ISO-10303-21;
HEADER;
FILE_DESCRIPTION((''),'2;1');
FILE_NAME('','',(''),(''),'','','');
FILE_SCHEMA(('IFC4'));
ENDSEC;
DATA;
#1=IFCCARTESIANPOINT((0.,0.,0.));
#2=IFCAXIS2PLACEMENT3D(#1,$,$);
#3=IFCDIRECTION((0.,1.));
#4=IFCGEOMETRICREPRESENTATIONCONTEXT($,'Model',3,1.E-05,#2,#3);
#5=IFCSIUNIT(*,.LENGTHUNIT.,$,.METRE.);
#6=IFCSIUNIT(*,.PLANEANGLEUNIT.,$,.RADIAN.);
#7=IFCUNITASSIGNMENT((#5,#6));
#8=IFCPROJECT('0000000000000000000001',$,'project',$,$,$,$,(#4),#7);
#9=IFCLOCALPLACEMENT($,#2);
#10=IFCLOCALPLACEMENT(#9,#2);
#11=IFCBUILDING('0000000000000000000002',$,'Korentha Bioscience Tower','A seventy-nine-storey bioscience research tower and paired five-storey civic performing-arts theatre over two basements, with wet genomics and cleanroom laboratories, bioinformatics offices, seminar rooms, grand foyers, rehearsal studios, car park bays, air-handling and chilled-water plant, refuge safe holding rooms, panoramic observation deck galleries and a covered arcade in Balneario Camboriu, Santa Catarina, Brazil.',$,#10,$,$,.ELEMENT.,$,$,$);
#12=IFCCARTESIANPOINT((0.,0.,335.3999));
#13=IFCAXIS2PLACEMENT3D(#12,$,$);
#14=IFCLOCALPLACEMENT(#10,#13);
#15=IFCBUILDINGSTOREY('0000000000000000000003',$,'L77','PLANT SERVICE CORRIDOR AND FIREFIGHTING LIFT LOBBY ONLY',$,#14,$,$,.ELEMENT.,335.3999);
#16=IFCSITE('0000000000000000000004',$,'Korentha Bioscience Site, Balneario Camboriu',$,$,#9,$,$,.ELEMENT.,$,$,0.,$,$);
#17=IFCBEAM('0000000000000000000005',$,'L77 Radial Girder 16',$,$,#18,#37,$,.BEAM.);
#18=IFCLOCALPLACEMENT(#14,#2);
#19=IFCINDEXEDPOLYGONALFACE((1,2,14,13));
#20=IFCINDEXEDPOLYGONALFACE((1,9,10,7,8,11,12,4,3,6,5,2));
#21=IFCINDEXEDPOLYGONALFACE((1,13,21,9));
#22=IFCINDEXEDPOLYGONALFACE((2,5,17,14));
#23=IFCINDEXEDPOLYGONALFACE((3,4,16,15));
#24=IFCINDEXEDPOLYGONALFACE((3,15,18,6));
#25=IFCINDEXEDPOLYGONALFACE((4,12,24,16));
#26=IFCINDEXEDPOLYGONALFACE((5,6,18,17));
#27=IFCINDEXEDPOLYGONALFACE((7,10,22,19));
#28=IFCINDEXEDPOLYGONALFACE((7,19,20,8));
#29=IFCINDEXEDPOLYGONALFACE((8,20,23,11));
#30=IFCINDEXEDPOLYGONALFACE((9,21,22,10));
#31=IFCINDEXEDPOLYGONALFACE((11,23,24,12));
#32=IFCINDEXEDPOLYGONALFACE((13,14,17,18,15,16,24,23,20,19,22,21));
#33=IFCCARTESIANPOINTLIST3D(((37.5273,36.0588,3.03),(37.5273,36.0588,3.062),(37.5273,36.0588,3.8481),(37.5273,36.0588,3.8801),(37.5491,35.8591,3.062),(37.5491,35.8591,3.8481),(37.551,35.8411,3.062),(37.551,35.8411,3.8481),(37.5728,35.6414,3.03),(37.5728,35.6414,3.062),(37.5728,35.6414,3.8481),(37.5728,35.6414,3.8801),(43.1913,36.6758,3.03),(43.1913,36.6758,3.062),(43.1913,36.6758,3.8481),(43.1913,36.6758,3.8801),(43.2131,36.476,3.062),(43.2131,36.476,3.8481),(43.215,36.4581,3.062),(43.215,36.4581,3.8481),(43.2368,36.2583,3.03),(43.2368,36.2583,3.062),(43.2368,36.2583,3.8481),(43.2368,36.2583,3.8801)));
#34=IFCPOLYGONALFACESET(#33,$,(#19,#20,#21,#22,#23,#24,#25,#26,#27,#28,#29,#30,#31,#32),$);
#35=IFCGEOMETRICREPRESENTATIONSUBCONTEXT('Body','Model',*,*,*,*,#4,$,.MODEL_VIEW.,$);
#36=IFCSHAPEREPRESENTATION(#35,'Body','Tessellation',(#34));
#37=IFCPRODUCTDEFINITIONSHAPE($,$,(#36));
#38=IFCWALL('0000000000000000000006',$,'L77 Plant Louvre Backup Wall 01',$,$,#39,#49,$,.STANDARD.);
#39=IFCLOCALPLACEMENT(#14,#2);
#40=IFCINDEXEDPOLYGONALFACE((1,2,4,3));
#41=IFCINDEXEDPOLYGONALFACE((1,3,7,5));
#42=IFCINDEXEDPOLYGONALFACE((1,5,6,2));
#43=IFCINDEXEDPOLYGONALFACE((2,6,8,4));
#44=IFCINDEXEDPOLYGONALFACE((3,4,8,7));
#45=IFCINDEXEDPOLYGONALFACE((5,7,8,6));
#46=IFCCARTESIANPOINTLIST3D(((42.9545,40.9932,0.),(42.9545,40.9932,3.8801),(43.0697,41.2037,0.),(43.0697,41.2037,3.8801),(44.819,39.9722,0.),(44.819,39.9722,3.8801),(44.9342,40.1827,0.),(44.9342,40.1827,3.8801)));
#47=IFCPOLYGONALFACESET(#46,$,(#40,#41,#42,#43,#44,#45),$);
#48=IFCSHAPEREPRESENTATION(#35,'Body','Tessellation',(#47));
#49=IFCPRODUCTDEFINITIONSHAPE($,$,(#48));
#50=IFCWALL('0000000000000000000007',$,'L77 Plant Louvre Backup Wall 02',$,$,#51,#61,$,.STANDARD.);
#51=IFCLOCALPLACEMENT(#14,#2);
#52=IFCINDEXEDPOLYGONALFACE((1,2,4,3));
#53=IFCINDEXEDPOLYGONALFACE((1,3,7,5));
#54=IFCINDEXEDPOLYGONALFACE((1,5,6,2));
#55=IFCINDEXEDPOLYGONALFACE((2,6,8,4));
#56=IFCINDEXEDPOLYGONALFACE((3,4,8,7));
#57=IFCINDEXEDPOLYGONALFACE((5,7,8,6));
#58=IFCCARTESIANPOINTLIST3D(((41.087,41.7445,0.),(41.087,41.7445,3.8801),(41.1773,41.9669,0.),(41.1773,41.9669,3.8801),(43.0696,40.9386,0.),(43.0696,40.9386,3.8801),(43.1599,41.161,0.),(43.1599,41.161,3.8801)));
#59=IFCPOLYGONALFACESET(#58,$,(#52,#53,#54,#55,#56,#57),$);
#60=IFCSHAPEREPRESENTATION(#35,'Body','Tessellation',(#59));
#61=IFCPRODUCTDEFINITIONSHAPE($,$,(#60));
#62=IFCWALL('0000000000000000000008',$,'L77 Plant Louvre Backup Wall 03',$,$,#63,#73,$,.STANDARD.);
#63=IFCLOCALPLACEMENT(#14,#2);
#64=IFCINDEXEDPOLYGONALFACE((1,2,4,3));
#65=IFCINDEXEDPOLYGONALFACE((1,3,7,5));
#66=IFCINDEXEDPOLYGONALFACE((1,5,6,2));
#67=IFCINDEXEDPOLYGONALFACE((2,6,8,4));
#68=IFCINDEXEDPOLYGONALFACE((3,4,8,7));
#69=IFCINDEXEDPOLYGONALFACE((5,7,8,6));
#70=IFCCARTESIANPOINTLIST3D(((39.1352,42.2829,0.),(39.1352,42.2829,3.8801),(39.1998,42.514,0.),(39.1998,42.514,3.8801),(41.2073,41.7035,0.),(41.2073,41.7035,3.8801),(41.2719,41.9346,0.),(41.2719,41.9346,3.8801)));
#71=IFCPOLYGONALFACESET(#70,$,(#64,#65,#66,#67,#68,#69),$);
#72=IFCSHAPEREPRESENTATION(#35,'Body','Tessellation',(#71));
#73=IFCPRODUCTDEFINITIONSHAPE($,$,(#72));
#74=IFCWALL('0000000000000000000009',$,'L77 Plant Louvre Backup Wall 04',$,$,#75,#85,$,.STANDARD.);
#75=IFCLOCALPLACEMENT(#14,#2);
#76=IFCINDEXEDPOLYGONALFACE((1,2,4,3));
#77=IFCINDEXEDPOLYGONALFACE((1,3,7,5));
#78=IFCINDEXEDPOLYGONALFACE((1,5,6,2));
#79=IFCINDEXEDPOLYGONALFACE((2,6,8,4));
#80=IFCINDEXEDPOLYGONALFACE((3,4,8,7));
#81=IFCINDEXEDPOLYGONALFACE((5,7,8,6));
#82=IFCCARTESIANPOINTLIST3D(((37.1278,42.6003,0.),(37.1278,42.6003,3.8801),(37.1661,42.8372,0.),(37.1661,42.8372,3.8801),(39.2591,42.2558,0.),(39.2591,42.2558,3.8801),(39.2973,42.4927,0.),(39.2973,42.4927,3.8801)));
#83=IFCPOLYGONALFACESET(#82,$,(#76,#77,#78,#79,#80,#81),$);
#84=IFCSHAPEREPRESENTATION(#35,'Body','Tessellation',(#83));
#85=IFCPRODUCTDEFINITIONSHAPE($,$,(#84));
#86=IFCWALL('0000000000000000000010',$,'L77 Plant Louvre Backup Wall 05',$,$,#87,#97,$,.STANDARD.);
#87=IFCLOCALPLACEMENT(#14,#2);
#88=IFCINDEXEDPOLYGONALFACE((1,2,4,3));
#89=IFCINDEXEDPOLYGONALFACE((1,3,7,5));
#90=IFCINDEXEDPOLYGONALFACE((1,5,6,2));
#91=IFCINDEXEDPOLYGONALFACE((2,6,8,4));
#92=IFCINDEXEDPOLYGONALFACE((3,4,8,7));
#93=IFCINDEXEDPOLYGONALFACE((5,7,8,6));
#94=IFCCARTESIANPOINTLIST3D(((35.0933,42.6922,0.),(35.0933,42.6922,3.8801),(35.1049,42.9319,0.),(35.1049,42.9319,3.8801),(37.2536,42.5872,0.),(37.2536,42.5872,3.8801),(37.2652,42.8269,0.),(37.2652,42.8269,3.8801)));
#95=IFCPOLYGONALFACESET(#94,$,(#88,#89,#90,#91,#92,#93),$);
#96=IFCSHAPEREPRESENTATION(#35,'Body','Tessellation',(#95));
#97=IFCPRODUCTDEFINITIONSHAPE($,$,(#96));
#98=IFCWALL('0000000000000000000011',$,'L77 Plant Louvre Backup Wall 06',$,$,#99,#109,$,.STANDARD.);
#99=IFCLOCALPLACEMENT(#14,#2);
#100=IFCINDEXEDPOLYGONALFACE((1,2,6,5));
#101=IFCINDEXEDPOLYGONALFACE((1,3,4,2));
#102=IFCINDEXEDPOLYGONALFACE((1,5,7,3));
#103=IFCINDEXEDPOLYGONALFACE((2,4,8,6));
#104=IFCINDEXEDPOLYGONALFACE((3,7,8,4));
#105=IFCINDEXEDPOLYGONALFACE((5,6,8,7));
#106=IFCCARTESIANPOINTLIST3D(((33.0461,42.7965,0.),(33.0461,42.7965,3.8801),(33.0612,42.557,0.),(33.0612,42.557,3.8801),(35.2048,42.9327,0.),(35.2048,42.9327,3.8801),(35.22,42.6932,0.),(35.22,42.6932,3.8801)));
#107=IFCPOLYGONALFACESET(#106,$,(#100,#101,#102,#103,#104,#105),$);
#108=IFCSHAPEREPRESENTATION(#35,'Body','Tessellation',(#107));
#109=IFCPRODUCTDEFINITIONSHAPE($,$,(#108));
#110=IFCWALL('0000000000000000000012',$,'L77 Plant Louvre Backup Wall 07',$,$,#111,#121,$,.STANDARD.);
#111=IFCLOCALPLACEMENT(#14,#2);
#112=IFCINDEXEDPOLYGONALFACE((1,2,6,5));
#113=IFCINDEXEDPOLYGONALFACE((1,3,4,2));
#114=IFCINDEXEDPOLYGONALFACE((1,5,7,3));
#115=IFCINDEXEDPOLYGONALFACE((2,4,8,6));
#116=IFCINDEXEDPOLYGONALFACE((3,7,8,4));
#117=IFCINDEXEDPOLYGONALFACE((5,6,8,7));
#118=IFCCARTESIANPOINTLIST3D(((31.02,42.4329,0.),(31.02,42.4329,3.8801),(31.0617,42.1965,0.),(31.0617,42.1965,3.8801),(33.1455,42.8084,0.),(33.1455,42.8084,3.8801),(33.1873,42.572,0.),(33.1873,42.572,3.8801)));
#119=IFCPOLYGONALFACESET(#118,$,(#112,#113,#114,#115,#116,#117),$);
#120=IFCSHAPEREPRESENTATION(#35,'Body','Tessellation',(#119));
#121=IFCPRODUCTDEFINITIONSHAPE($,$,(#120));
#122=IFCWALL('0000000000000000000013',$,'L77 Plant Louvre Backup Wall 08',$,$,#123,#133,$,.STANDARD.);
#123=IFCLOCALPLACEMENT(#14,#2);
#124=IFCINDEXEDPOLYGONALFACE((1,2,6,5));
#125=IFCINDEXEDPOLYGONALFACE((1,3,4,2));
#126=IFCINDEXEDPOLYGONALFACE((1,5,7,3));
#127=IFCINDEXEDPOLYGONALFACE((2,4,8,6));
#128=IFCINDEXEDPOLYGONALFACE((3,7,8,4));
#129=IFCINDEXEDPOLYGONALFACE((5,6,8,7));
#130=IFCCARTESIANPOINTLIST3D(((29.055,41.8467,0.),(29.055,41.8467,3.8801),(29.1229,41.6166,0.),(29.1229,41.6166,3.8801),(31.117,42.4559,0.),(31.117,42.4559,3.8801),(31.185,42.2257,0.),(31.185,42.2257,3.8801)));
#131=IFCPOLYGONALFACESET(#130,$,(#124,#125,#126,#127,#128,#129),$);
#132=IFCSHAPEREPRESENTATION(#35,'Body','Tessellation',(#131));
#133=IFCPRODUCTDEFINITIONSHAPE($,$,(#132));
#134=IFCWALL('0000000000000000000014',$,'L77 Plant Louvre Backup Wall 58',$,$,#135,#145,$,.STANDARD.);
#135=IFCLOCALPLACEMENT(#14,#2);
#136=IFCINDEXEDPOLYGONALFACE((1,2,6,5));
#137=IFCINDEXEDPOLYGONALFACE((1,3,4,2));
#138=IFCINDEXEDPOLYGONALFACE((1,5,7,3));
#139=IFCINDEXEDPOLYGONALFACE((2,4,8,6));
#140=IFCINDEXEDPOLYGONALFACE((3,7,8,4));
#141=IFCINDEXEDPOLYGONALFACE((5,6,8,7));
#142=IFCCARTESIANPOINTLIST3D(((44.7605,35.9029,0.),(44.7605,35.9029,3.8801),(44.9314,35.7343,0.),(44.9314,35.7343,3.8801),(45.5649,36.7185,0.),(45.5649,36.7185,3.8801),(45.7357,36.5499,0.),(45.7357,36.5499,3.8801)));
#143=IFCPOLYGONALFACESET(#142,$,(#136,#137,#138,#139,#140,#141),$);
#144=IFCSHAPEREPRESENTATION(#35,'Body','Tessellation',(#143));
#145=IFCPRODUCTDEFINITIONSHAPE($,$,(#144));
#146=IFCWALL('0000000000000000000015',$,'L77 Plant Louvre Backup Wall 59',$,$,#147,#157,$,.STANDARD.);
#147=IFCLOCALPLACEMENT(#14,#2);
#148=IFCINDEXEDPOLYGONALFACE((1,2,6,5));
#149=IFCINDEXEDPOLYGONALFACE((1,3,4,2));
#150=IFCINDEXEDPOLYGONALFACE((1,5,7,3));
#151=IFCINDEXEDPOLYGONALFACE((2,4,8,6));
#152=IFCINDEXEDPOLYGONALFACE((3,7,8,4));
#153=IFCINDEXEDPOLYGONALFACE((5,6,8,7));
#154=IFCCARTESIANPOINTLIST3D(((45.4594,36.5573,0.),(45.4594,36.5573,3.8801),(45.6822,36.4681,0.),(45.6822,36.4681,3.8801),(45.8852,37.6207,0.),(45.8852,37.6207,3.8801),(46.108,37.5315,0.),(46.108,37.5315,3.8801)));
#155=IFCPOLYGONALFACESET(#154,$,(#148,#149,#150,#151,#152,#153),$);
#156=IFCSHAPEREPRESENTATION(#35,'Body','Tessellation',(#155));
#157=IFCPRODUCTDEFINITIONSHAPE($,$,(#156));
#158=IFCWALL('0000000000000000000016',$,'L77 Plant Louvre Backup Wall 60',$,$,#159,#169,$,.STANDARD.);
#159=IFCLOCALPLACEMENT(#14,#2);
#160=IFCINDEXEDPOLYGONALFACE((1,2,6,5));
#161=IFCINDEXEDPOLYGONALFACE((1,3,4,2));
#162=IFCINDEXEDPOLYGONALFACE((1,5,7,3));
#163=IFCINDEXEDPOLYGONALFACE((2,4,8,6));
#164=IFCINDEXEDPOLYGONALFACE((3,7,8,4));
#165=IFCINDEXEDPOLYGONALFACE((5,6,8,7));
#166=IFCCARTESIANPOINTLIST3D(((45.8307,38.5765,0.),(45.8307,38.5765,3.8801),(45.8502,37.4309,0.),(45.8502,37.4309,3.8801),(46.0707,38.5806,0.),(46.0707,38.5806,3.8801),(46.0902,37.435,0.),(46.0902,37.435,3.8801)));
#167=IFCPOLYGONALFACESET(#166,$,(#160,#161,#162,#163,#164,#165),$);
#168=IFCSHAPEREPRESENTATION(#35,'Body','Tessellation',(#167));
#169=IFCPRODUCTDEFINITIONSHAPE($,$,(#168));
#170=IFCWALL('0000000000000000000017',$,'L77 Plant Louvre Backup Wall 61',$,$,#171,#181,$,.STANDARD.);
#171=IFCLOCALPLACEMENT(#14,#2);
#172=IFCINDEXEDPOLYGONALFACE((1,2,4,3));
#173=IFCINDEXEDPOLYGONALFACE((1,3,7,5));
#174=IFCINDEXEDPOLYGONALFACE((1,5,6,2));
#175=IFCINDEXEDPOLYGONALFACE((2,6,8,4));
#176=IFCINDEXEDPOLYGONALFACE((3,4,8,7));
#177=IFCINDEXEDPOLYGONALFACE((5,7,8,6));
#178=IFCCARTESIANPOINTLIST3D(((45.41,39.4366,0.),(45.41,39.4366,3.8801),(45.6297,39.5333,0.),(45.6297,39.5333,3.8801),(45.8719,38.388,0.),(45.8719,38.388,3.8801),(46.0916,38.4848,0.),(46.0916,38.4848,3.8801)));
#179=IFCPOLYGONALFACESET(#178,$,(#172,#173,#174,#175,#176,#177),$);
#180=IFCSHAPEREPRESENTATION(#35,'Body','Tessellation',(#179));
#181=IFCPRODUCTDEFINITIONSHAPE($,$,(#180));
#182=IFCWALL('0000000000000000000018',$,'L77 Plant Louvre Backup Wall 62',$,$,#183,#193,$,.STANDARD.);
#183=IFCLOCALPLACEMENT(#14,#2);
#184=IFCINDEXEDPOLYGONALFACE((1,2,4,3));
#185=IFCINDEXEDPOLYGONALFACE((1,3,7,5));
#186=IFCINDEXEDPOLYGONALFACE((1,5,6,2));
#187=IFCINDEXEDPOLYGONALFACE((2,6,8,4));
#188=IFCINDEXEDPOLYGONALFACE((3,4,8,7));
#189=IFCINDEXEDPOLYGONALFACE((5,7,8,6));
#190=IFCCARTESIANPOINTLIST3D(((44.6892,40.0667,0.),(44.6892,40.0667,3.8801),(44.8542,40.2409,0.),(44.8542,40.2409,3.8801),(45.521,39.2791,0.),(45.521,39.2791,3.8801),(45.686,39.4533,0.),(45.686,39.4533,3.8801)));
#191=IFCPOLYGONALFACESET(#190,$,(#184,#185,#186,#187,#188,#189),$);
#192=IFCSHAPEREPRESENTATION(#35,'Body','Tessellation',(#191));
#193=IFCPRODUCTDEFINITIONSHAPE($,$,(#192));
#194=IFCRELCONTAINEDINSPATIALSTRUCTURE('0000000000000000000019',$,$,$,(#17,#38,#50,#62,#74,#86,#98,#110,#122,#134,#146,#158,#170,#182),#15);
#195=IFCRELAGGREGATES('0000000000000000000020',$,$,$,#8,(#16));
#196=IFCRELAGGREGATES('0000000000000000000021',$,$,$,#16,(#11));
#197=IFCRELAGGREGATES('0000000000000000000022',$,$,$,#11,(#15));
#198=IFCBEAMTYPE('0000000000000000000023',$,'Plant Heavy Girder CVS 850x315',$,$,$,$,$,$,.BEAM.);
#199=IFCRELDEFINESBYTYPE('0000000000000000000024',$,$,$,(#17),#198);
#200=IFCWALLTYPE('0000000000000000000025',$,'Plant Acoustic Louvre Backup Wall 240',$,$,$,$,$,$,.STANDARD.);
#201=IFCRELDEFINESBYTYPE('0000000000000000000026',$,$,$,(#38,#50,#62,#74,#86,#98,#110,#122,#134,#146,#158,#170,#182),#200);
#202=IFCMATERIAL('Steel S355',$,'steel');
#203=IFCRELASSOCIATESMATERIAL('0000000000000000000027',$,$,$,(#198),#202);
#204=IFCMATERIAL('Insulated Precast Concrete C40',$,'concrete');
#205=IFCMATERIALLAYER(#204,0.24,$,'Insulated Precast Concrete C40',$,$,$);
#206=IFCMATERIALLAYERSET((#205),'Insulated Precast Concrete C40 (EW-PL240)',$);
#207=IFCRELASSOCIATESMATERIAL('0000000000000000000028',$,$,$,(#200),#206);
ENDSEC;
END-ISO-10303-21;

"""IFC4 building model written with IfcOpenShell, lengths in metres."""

from ifc_helpers import new_model, si_unit, direction, frame, frame_2d, origin, origin_2d, place, context, subcontext, project, spatial, rectangle, i_section, extrude, material, layer, layer_set, material_profile, profile_set, type_object, element, save


model = new_model("IFC4")

# Units and contexts
model_context = context("Model", 3, precision=1e-05, world=origin(), true_north=direction((0.0, 1.0)))
body_context = subcontext(model_context, "Body", "Model", "MODEL_VIEW")
ifc_project = project(units=[si_unit("LENGTHUNIT", "METRE"), si_unit("PLANEANGLEUNIT", "RADIAN")], contexts=[model_context])

# Site, building, storey
site_placement = place(None, origin())
site = spatial("IfcSite", under=ifc_project, at=site_placement, Name="Korentha Bioscience Site, Balneario Camboriu", CompositionType="ELEMENT", RefElevation=0.0)
building_placement = place(site_placement, origin())
building = spatial("IfcBuilding", under=site, at=building_placement, Name="Korentha Bioscience Tower", Description="A seventy-nine-storey bioscience research tower and paired five-storey civic performing-arts theatre over two basements, with wet genomics and cleanroom laboratories, bioinformatics offices, seminar rooms, grand foyers, rehearsal studios, car park bays, air-handling and chilled-water plant, refuge safe holding rooms, panoramic observation deck galleries and a covered arcade in Balneario Camboriu, Santa Catarina, Brazil.", CompositionType="ELEMENT")
storey_placement = place(building_placement, frame((0.0, 0.0, 335.3999)))
storey = spatial("IfcBuildingStorey", under=building, at=storey_placement, Name="L77", Description="PLANT SERVICE CORRIDOR AND FIREFIGHTING LIFT LOBBY ONLY", CompositionType="ELEMENT", Elevation=335.3999)

# Beam
ifc_material_1 = material(Name="Steel S355", Category="steel")
ifc_material_profile_1 = material_profile(ifc_material_1, i_section(OverallWidth=0.4199, OverallDepth=0.8501, WebThickness=0.0181, FlangeThickness=0.032, at=origin_2d()), Name="Steel S355")
ifc_profile_set_1 = profile_set([ifc_material_profile_1], Name="Steel S355 (MB-850)")
beam_type_1 = type_object("IfcBeamType", Name="Plant Heavy Girder CVS 850x315", PredefinedType="BEAM", material=ifc_profile_set_1)
beam_1_placement = place(storey_placement, frame((37.55, 35.8501, 3.4551), z_axis=(0.99412, 0.108282, 0.0), x_axis=(-0.108282, 0.99412, 0.0)))
element("IfcBeam", 1, at=beam_1_placement, inside=storey, type_object=beam_type_1, Name="L77 Radial Girder 16", PredefinedType="BEAM", context=body_context, shape_type="SweptSolid", body=[
    extrude(i_section(OverallWidth=0.4199, OverallDepth=0.8501, WebThickness=0.0181, FlangeThickness=0.032, at=origin_2d()), origin(), (0.0, 0.0, 1.0), 5.6975),
])

# Walls
ifc_material_2 = material(Name="Insulated Precast Concrete C40", Category="concrete")
ifc_layer_1 = layer(ifc_material_2, 0.24, Name="Insulated Precast Concrete C40")
ifc_layer_set_1 = layer_set([ifc_layer_1], Name="Insulated Precast Concrete C40 (EW-PL240)")
wall_type = type_object("IfcWallType", Name="Plant Acoustic Louvre Backup Wall 240", PredefinedType="STANDARD", material=ifc_layer_set_1)
wall_1_placement = place(storey_placement, frame((44.8767, 40.0774, 0.0), z_axis=(0.0, 0.0, 1.0), x_axis=(-0.877104, 0.4803, 0.0)))
element("IfcWall", 2, at=wall_1_placement, inside=storey, type_object=wall_type, Name="L77 Plant Louvre Backup Wall 01", PredefinedType="STANDARD", context=body_context, shape_type="SweptSolid", body=[
    extrude(rectangle(XDim=2.1257, YDim=0.24, at=frame_2d((1.063, 0.0))), origin(), (0.0, 0.0, 1.0), 3.8801),
])
wall_2_placement = place(storey_placement, frame((43.1147, 41.0498, 0.0), z_axis=(0.0, 0.0, 1.0), x_axis=(-0.926393, 0.376558, 0.0)))
element("IfcWall", 3, at=wall_2_placement, inside=storey, type_object=wall_type, Name="L77 Plant Louvre Backup Wall 02", PredefinedType="STANDARD", context=body_context, shape_type="SweptSolid", body=[
    extrude(rectangle(XDim=2.1401, YDim=0.24, at=frame_2d((1.0701, 0.0))), origin(), (0.0, 0.0, 1.0), 3.8801),
])
wall_3_placement = place(storey_placement, frame((41.2395, 41.8191, 0.0), z_axis=(0.0, 0.0, 1.0), x_axis=(-0.963063, 0.269276, 0.0)))
element("IfcWall", 4, at=wall_3_placement, inside=storey, type_object=wall_type, Name="L77 Plant Louvre Backup Wall 03", PredefinedType="STANDARD", context=body_context, shape_type="SweptSolid", body=[
    extrude(rectangle(XDim=2.1516, YDim=0.24, at=frame_2d((1.0757, 0.0))), origin(), (0.0, 0.0, 1.0), 3.8801),
])
wall_4_placement = place(storey_placement, frame((39.2783, 42.3743, 0.0), z_axis=(0.0, 0.0, 1.0), x_axis=(-0.987189, 0.159556, 0.0)))
element("IfcWall", 5, at=wall_4_placement, inside=storey, type_object=wall_type, Name="L77 Plant Louvre Backup Wall 04", PredefinedType="STANDARD", context=body_context, shape_type="SweptSolid", body=[
    extrude(rectangle(XDim=2.1589, YDim=0.24, at=frame_2d((1.0796, 0.0))), origin(), (0.0, 0.0, 1.0), 3.8801),
])
wall_5_placement = place(storey_placement, frame((37.2595, 42.707, 0.0), z_axis=(0.0, 0.0, 1.0), x_axis=(-0.998821, 0.048536, 0.0)))
element("IfcWall", 6, at=wall_5_placement, inside=storey, type_object=wall_type, Name="L77 Plant Louvre Backup Wall 05", PredefinedType="STANDARD", context=body_context, shape_type="SweptSolid", body=[
    extrude(rectangle(XDim=2.1628, YDim=0.24, at=frame_2d((1.0815, 0.0))), origin(), (0.0, 0.0, 1.0), 3.8801),
])
wall_6_placement = place(storey_placement, frame((35.2124, 42.813, 0.0), z_axis=(0.0, 0.0, 1.0), x_axis=(-0.998015, -0.062983, 0.0)))
element("IfcWall", 7, at=wall_6_placement, inside=storey, type_object=wall_type, Name="L77 Plant Louvre Backup Wall 06", PredefinedType="STANDARD", context=body_context, shape_type="SweptSolid", body=[
    extrude(rectangle(XDim=2.1631, YDim=0.24, at=frame_2d((1.0815, 0.0))), origin(), (0.0, 0.0, 1.0), 3.8801),
])
wall_7_placement = place(storey_placement, frame((33.1663, 42.6902, 0.0), z_axis=(0.0, 0.0, 1.0), x_axis=(-0.984752, -0.173966, 0.0)))
element("IfcWall", 8, at=wall_7_placement, inside=storey, type_object=wall_type, Name="L77 Plant Louvre Backup Wall 07", PredefinedType="STANDARD", context=body_context, shape_type="SweptSolid", body=[
    extrude(rectangle(XDim=2.1584, YDim=0.24, at=frame_2d((1.0791, 0.0))), origin(), (0.0, 0.0, 1.0), 3.8801),
])
wall_8_placement = place(storey_placement, frame((31.1511, 42.3408, 0.0), z_axis=(0.0, 0.0, 1.0), x_axis=(-0.95903, -0.283303, 0.0)))
element("IfcWall", 9, at=wall_8_placement, inside=storey, type_object=wall_type, Name="L77 Plant Louvre Backup Wall 08", PredefinedType="STANDARD", context=body_context, shape_type="SweptSolid", body=[
    extrude(rectangle(XDim=2.1501, YDim=0.24, at=frame_2d((1.0752, 0.0))), origin(), (0.0, 0.0, 1.0), 3.8801),
])
for number, where, z_axis, x_axis, name in (
    (10, (44.8459, 35.8186, 0.0), (0.0, 0.0, 1.0), (0.702188, 0.711991, 0.0), "L77 Plant Louvre Backup Wall 58"),
    (11, (45.5708, 36.5127, 0.0), (0.0, 0.0, 1.0), (0.371685, 0.928359, 0.0), "L77 Plant Louvre Backup Wall 59"),
):
    element("IfcWall", number, at=place(storey_placement, frame(where, z_axis=z_axis, x_axis=x_axis)), inside=storey, type_object=wall_type, Name=name, PredefinedType="STANDARD", context=body_context, shape_type="SweptSolid", body=[
        extrude(rectangle(XDim=1.1455, YDim=0.24, at=frame_2d((0.5728, 0.0))), origin(), (0.0, 0.0, 1.0), 3.8801),
    ])
for number, where, z_axis, x_axis, name in (
    (12, (45.9702, 37.4331, 0.0), (0.0, 0.0, 1.0), (-0.017048, 0.999855, 0.0), "L77 Plant Louvre Backup Wall 60"),
    (13, (45.9817, 38.4365, 0.0), (0.0, 0.0, 1.0), (-0.403131, 0.915142, 0.0), "L77 Plant Louvre Backup Wall 61"),
):
    element("IfcWall", number, at=place(storey_placement, frame(where, z_axis=z_axis, x_axis=x_axis)), inside=storey, type_object=wall_type, Name=name, PredefinedType="STANDARD", context=body_context, shape_type="SweptSolid", body=[
        extrude(rectangle(XDim=1.1458, YDim=0.24, at=frame_2d((0.5728, 0.0))), origin(), (0.0, 0.0, 1.0), 3.8801),
    ])
wall_9_placement = place(storey_placement, frame((45.6035, 39.3662, 0.0), z_axis=(0.0, 0.0, 1.0), x_axis=(-0.726132, 0.687555, 0.0)))
element("IfcWall", 14, at=wall_9_placement, inside=storey, type_object=wall_type, Name="L77 Plant Louvre Backup Wall 62", PredefinedType="STANDARD", context=body_context, shape_type="SweptSolid", body=[
    extrude(rectangle(XDim=1.1455, YDim=0.24, at=frame_2d((0.5728, 0.0))), origin(), (0.0, 0.0, 1.0), 3.8801),
])

save(model, "model.ifc")
